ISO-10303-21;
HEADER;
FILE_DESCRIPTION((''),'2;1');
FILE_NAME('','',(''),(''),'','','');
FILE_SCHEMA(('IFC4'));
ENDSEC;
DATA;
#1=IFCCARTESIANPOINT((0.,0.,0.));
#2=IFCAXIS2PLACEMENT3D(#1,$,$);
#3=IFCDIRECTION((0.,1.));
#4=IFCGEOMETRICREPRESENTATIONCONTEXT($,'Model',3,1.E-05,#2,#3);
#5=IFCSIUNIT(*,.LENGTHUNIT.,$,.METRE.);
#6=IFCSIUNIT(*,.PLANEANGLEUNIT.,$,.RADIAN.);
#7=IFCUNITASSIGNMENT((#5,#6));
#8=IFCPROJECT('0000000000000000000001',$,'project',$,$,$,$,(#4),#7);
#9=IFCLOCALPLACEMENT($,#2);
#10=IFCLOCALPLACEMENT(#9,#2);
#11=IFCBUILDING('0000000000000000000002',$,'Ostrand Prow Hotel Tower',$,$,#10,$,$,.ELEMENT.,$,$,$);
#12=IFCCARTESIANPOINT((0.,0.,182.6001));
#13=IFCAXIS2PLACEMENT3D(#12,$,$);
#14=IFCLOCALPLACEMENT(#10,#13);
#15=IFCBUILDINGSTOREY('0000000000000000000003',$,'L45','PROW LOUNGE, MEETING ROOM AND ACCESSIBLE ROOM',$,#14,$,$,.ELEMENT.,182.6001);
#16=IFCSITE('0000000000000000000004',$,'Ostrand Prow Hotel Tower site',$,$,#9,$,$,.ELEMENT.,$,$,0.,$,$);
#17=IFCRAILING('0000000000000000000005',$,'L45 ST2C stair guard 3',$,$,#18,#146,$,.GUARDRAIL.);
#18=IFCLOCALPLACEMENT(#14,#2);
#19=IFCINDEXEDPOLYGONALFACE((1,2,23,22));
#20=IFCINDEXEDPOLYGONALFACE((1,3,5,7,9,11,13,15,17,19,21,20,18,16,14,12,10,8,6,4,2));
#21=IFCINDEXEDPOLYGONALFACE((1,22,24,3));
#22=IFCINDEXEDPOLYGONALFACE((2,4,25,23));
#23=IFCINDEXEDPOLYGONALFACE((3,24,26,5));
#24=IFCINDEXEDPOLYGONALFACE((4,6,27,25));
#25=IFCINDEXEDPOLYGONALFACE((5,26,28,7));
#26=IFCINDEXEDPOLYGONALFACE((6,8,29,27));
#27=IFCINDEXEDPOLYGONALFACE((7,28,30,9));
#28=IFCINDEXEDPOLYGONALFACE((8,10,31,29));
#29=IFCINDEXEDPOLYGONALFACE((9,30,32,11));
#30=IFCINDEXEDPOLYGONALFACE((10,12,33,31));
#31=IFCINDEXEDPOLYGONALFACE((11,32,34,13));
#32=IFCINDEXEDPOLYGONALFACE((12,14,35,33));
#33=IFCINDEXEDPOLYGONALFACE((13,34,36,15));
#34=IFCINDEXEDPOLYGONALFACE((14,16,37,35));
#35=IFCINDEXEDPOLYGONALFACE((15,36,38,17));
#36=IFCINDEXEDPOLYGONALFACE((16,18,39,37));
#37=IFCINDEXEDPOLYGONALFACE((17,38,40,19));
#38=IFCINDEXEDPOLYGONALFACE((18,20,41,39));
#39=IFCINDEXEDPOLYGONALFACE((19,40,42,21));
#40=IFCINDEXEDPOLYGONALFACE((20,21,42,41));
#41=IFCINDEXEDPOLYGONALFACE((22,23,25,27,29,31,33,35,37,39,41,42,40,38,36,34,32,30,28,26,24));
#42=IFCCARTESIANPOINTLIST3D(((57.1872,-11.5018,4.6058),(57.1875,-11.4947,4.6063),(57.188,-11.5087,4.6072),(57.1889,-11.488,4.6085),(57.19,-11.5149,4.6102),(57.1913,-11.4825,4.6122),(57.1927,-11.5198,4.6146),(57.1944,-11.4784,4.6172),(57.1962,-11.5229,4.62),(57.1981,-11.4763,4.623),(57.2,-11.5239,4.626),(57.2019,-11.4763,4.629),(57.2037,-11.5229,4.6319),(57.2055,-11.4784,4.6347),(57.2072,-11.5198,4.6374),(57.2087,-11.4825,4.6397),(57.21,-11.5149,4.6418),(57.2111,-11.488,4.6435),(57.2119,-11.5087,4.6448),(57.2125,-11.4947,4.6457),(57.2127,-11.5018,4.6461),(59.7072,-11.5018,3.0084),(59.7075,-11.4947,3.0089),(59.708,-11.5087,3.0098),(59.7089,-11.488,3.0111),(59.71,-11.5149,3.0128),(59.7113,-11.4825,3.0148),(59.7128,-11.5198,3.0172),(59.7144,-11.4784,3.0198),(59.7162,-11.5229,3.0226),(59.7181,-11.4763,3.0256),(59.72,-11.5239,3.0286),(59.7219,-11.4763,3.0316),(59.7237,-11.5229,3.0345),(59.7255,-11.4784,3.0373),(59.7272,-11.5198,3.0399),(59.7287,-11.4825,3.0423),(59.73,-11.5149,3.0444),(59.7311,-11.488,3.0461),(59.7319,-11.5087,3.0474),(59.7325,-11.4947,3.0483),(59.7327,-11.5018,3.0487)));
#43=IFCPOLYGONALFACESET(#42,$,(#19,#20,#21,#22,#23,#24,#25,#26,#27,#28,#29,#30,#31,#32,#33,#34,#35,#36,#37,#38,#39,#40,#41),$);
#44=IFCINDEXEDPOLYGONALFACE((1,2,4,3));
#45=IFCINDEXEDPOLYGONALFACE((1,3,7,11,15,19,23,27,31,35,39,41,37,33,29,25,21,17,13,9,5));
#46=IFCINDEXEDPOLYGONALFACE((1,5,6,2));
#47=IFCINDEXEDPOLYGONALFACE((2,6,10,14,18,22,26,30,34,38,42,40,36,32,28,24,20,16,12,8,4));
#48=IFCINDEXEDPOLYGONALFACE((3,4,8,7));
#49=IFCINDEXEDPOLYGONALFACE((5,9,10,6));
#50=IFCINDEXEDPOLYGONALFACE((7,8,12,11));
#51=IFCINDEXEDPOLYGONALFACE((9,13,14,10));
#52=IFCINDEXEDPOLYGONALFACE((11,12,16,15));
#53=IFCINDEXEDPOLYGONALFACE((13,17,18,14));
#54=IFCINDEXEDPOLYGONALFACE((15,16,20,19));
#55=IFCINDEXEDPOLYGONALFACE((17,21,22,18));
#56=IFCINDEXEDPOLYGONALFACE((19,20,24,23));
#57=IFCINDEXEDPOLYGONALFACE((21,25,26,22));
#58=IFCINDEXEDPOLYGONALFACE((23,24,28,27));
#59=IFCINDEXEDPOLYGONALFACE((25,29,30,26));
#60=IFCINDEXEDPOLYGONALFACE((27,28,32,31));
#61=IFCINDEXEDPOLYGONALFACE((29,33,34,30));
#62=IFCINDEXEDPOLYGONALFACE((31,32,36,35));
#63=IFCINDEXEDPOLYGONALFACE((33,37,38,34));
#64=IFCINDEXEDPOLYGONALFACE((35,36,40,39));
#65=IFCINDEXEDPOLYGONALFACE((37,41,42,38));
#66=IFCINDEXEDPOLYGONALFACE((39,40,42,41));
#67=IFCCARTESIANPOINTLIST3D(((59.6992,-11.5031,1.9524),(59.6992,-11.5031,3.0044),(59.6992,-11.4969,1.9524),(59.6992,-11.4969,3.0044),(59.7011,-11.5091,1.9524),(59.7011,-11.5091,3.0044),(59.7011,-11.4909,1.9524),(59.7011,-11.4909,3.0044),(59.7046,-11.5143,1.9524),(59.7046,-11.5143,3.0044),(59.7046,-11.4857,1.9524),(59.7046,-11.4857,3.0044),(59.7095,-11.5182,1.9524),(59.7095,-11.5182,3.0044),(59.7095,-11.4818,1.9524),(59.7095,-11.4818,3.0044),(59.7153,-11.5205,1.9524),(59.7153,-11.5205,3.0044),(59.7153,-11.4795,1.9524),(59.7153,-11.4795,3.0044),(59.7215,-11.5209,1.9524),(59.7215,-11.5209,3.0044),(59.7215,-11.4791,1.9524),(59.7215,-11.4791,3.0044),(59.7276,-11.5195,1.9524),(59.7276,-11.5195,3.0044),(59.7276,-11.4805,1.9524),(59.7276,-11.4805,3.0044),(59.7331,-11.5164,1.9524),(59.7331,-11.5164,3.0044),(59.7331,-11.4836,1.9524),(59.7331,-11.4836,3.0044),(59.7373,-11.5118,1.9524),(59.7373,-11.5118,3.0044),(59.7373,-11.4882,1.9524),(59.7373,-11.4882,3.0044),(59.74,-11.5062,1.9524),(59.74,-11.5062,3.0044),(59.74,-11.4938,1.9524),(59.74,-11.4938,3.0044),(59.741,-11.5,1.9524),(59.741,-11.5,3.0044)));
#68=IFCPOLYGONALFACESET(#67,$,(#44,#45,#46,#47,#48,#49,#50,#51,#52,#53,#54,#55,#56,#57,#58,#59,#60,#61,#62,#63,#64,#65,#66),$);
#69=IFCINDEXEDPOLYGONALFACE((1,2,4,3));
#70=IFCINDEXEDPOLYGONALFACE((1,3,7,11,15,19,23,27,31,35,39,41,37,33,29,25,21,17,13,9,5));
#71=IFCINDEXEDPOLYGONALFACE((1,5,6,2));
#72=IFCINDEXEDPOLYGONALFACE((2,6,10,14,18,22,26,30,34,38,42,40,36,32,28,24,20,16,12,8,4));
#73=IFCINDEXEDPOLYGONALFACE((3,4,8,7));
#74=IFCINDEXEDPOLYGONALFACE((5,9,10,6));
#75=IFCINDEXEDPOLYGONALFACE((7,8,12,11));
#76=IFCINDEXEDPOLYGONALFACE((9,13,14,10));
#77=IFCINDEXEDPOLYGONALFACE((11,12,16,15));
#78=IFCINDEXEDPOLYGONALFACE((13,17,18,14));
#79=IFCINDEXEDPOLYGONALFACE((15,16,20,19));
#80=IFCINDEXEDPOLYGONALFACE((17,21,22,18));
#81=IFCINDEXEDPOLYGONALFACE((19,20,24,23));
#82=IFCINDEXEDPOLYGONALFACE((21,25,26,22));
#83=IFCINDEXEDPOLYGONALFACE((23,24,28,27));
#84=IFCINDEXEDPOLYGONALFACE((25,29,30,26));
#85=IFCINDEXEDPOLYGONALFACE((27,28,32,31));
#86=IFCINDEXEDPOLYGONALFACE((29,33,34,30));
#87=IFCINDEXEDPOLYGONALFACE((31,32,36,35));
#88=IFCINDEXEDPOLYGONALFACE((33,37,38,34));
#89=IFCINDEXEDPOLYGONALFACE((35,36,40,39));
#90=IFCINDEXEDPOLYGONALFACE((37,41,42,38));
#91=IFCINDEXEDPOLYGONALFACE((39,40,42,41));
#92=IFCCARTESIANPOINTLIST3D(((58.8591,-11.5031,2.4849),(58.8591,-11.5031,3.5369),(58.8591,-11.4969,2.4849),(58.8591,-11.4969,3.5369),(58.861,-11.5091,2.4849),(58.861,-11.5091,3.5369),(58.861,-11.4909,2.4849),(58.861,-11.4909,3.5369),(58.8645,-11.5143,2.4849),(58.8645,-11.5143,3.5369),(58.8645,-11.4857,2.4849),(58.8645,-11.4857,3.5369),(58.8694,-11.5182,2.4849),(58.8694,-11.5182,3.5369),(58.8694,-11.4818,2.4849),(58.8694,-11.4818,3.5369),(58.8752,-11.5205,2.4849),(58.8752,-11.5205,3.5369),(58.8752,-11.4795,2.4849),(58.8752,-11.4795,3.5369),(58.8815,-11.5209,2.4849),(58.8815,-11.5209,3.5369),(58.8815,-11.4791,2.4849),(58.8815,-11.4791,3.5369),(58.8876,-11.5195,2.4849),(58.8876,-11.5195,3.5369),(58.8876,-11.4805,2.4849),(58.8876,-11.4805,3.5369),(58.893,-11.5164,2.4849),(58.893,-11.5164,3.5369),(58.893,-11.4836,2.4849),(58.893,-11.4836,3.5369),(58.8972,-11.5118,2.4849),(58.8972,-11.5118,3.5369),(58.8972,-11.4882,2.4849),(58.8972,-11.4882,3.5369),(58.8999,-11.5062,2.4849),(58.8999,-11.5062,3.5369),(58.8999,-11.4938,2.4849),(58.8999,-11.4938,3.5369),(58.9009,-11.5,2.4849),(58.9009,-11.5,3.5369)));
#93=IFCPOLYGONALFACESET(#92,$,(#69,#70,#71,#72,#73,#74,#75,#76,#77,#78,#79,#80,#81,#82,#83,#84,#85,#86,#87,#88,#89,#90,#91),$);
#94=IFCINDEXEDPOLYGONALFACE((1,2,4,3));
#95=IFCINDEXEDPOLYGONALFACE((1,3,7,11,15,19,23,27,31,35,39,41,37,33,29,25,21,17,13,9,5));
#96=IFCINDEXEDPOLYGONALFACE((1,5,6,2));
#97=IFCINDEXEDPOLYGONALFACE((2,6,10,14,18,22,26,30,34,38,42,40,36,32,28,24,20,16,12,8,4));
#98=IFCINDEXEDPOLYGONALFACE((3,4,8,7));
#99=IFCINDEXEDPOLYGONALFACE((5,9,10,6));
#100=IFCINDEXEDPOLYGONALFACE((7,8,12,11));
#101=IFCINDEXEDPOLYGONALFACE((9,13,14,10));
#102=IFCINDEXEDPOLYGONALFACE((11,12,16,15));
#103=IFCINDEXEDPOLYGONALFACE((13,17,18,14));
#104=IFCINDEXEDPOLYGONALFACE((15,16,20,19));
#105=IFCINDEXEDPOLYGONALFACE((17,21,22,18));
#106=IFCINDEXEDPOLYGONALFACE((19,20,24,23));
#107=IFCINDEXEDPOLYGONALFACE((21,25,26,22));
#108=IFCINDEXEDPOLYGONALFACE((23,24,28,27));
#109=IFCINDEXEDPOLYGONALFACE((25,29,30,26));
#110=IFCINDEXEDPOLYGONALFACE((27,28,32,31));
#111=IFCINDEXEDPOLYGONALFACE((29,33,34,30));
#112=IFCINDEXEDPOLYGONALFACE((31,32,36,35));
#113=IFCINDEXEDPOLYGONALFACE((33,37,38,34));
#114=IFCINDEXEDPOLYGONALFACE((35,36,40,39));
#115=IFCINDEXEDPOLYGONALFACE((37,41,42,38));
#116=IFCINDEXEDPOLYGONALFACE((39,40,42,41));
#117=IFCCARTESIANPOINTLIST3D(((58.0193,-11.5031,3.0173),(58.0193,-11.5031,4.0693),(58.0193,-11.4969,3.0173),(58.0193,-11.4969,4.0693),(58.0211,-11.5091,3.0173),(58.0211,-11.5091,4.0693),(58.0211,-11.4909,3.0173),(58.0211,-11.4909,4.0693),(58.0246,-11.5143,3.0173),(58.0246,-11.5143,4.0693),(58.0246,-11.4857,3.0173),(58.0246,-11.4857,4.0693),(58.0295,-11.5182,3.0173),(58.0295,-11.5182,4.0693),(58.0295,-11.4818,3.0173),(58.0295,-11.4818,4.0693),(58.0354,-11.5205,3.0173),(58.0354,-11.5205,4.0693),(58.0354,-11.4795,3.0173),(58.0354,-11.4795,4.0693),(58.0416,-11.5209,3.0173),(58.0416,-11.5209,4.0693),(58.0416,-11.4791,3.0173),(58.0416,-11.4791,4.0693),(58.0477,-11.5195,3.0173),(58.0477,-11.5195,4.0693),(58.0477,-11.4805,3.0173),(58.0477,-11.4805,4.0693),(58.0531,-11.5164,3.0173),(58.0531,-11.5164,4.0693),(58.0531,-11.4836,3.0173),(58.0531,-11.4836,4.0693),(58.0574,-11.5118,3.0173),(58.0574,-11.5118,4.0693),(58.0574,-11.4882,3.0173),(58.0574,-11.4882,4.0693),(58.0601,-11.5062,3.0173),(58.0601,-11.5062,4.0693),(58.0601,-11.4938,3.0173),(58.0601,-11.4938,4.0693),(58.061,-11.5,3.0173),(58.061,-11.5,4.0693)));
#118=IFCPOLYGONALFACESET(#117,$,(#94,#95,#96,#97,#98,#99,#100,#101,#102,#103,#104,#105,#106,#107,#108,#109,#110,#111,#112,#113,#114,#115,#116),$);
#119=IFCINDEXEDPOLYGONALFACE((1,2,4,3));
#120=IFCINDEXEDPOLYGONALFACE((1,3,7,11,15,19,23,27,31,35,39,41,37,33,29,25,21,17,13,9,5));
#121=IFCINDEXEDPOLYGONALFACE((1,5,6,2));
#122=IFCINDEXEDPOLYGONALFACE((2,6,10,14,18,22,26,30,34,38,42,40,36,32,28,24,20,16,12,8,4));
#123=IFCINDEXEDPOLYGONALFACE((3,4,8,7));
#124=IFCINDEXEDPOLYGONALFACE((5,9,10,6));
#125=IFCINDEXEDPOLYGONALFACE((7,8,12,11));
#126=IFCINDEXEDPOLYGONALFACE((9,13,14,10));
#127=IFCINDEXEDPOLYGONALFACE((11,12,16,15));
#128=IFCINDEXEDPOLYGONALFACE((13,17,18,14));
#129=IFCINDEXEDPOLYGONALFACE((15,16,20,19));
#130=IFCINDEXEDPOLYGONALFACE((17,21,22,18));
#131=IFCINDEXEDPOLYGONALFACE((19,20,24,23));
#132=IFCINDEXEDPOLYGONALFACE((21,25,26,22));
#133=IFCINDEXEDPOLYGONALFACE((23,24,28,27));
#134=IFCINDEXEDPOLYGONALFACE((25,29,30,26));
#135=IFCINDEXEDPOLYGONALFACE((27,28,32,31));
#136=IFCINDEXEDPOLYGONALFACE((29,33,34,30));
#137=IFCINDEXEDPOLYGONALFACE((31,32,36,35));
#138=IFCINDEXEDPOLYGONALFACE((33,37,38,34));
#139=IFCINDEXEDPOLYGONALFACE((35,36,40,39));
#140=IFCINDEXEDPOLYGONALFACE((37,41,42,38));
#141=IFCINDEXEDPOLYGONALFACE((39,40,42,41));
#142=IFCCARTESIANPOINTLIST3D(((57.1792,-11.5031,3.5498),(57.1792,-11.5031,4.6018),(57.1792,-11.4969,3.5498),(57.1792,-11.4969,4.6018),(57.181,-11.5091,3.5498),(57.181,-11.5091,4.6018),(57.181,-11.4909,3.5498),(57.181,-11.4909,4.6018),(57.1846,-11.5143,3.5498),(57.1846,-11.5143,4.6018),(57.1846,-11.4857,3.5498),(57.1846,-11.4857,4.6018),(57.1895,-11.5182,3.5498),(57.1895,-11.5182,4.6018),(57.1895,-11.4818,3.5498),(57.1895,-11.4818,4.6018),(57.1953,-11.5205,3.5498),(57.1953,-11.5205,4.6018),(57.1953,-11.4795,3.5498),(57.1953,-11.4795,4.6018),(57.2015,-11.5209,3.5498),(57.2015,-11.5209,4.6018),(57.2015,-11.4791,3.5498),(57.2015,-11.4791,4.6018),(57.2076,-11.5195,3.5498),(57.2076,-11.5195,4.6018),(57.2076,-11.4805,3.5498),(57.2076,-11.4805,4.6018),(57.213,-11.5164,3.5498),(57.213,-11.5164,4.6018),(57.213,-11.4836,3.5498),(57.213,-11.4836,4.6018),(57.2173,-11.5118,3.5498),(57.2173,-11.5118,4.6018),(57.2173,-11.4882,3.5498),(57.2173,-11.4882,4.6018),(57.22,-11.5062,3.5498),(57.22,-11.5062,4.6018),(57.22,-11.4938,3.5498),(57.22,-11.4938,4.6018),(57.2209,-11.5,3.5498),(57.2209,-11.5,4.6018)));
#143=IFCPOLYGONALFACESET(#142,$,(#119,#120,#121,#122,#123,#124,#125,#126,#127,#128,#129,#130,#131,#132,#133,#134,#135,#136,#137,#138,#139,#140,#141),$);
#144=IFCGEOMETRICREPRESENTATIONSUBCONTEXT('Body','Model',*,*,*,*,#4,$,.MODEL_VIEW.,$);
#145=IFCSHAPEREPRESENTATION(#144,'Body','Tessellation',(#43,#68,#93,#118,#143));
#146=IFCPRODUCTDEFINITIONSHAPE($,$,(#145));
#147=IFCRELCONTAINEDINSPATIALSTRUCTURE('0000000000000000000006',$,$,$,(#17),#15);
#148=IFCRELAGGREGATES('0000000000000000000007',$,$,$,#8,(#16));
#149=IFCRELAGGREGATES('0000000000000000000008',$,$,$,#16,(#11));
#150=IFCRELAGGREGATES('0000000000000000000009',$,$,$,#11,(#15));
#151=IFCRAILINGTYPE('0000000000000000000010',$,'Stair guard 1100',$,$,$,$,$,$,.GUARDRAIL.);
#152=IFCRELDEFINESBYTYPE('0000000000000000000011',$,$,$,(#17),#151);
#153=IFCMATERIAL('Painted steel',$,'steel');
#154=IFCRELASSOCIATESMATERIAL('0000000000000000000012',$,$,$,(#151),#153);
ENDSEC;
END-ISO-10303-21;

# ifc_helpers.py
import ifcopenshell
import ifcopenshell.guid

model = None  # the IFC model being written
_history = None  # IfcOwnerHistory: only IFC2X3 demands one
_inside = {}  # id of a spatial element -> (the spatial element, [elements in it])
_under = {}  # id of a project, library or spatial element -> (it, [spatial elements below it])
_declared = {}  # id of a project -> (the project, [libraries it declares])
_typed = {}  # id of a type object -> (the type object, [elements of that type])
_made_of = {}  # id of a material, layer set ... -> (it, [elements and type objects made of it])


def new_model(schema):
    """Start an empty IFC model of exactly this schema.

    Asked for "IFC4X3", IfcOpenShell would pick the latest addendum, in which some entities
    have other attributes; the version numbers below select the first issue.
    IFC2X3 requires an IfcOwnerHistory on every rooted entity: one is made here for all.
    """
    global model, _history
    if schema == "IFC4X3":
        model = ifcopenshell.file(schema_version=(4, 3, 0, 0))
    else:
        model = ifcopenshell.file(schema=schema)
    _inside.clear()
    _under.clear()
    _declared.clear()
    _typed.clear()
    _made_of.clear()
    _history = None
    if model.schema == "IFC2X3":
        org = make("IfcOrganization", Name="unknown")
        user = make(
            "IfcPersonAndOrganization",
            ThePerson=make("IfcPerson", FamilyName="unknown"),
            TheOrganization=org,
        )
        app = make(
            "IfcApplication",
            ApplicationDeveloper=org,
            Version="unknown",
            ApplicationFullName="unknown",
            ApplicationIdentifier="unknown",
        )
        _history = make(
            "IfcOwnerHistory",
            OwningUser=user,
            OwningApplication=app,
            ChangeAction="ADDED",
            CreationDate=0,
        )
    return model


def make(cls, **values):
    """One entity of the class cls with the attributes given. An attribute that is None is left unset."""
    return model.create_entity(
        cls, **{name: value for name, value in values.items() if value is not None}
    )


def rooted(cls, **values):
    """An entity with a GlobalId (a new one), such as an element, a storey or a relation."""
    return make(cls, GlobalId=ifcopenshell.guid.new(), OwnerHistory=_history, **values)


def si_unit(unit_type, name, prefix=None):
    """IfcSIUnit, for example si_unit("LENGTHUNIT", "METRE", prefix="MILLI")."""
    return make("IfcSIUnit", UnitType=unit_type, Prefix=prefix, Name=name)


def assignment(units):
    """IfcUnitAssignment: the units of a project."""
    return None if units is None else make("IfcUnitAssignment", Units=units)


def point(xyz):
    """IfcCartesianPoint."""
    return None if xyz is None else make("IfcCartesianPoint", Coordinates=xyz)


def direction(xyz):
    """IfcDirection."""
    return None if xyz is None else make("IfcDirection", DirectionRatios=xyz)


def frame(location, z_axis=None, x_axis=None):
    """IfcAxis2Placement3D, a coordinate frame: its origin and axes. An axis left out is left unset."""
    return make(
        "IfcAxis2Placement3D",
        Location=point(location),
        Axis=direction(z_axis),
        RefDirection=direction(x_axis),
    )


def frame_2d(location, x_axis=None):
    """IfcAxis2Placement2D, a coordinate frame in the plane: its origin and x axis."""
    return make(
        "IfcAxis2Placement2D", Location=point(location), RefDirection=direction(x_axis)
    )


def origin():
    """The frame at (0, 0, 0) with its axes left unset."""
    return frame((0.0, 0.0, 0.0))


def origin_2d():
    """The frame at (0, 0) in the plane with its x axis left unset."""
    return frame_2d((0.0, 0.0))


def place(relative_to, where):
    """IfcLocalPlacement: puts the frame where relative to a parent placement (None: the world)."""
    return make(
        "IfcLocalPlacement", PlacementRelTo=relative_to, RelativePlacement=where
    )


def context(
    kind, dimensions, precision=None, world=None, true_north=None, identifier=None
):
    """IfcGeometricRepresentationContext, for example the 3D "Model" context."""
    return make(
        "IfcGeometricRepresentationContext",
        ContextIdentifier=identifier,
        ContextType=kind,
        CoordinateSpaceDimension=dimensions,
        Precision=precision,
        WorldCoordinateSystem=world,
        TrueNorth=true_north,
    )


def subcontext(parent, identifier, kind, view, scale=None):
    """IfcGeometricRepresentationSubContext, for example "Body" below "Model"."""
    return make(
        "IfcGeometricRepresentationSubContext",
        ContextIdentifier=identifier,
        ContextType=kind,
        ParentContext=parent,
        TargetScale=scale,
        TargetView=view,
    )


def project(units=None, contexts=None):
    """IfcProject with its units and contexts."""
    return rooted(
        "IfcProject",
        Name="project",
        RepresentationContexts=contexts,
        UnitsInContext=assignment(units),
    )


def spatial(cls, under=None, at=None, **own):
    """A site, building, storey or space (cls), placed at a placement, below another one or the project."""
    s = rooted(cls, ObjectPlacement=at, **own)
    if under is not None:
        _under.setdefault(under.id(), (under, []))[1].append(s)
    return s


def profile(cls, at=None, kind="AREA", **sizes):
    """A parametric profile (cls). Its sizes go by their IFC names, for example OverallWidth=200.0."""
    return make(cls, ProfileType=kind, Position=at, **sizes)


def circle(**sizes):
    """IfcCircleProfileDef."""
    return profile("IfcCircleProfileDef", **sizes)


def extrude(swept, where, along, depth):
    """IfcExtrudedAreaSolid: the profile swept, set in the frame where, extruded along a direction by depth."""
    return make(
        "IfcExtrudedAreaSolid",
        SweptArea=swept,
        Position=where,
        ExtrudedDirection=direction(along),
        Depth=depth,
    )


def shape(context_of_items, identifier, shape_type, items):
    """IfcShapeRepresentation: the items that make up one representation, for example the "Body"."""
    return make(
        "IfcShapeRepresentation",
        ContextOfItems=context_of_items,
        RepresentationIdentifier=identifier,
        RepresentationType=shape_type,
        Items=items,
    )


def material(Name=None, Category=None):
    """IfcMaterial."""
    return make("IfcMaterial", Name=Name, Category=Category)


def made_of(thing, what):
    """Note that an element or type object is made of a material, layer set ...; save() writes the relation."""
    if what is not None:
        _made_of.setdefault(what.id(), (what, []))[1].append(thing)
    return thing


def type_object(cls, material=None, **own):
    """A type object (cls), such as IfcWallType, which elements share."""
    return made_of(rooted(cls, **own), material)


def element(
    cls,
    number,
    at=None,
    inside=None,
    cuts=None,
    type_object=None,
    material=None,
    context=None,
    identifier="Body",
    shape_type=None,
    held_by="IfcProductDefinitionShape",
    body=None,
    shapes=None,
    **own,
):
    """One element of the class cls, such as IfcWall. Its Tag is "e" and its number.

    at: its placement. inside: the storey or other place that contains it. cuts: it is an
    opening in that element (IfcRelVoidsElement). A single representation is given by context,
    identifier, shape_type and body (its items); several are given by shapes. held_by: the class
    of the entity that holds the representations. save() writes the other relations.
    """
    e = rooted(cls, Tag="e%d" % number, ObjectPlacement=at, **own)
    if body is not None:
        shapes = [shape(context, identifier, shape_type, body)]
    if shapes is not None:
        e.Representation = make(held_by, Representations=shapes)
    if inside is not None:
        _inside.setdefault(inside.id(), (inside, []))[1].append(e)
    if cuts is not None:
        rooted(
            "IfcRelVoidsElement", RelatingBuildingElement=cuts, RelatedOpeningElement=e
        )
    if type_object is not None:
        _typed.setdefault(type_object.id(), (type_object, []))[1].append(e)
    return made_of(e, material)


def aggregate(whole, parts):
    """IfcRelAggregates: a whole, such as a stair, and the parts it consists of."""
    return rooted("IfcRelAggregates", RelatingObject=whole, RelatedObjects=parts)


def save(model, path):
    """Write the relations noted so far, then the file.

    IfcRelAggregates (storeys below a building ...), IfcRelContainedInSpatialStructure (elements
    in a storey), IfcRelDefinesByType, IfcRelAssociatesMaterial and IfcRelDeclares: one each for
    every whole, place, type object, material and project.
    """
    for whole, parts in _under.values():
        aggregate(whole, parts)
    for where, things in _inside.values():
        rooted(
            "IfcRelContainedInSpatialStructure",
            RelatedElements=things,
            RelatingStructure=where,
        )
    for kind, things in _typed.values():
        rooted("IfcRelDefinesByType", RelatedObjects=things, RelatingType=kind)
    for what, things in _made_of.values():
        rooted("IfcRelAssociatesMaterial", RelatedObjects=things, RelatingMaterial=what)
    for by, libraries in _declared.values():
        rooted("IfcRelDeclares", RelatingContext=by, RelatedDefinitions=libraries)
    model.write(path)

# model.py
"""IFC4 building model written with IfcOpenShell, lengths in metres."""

from ifc_helpers import new_model, si_unit, direction, frame, origin, origin_2d, place, context, subcontext, project, spatial, circle, extrude, material, type_object, element, save


model = new_model("IFC4")

# Units and contexts
model_context = context("Model", 3, precision=1e-05, world=origin(), true_north=direction((0.0, 1.0)))
body_context = subcontext(model_context, "Body", "Model", "MODEL_VIEW")
ifc_project = project(units=[si_unit("LENGTHUNIT", "METRE"), si_unit("PLANEANGLEUNIT", "RADIAN")], contexts=[model_context])

# Site, building, storey
site_placement = place(None, origin())
site = spatial("IfcSite", under=ifc_project, at=site_placement, Name="Ostrand Prow Hotel Tower site", CompositionType="ELEMENT", RefElevation=0.0)
building_placement = place(site_placement, origin())
building = spatial("IfcBuilding", under=site, at=building_placement, Name="Ostrand Prow Hotel Tower", CompositionType="ELEMENT")
storey_placement = place(building_placement, frame((0.0, 0.0, 182.6001)))
storey = spatial("IfcBuildingStorey", under=building, at=storey_placement, Name="L45", Description="PROW LOUNGE, MEETING ROOM AND ACCESSIBLE ROOM", CompositionType="ELEMENT", Elevation=182.6001)

# Railing
ifc_material_1 = material(Name="Painted steel", Category="steel")
railing_type_1 = type_object("IfcRailingType", Name="Stair guard 1100", PredefinedType="GUARDRAIL", material=ifc_material_1)
railing_1_placement = place(storey_placement, frame((59.72, -11.5, 1.9524)))
element("IfcRailing", 1, at=railing_1_placement, inside=storey, type_object=railing_type_1, Name="L45 ST2C stair guard 3", PredefinedType="GUARDRAIL", context=body_context, shape_type="SweptSolid", body=[
    extrude(circle(Radius=0.0239, at=origin_2d()), frame((0.0, 0.0, 1.0762), z_axis=(-0.844607, 0.0, 0.535387), x_axis=(0.0, -1.0, 0.0)), (0.0, 0.0, 1.0), 2.9836),
    extrude(circle(Radius=0.021, at=origin_2d()), origin(), (0.0, 0.0, 1.0), 1.052),
    extrude(circle(Radius=0.021, at=origin_2d()), frame((-0.8401, 0.0, 0.5325)), (0.0, 0.0, 1.0), 1.052),
    extrude(circle(Radius=0.021, at=origin_2d()), frame((-1.6799, 0.0, 1.0649)), (0.0, 0.0, 1.0), 1.052),
    extrude(circle(Radius=0.021, at=origin_2d()), frame((-2.52, 0.0, 1.5974)), (0.0, 0.0, 1.0), 1.052),
])

save(model, "model.ifc")
